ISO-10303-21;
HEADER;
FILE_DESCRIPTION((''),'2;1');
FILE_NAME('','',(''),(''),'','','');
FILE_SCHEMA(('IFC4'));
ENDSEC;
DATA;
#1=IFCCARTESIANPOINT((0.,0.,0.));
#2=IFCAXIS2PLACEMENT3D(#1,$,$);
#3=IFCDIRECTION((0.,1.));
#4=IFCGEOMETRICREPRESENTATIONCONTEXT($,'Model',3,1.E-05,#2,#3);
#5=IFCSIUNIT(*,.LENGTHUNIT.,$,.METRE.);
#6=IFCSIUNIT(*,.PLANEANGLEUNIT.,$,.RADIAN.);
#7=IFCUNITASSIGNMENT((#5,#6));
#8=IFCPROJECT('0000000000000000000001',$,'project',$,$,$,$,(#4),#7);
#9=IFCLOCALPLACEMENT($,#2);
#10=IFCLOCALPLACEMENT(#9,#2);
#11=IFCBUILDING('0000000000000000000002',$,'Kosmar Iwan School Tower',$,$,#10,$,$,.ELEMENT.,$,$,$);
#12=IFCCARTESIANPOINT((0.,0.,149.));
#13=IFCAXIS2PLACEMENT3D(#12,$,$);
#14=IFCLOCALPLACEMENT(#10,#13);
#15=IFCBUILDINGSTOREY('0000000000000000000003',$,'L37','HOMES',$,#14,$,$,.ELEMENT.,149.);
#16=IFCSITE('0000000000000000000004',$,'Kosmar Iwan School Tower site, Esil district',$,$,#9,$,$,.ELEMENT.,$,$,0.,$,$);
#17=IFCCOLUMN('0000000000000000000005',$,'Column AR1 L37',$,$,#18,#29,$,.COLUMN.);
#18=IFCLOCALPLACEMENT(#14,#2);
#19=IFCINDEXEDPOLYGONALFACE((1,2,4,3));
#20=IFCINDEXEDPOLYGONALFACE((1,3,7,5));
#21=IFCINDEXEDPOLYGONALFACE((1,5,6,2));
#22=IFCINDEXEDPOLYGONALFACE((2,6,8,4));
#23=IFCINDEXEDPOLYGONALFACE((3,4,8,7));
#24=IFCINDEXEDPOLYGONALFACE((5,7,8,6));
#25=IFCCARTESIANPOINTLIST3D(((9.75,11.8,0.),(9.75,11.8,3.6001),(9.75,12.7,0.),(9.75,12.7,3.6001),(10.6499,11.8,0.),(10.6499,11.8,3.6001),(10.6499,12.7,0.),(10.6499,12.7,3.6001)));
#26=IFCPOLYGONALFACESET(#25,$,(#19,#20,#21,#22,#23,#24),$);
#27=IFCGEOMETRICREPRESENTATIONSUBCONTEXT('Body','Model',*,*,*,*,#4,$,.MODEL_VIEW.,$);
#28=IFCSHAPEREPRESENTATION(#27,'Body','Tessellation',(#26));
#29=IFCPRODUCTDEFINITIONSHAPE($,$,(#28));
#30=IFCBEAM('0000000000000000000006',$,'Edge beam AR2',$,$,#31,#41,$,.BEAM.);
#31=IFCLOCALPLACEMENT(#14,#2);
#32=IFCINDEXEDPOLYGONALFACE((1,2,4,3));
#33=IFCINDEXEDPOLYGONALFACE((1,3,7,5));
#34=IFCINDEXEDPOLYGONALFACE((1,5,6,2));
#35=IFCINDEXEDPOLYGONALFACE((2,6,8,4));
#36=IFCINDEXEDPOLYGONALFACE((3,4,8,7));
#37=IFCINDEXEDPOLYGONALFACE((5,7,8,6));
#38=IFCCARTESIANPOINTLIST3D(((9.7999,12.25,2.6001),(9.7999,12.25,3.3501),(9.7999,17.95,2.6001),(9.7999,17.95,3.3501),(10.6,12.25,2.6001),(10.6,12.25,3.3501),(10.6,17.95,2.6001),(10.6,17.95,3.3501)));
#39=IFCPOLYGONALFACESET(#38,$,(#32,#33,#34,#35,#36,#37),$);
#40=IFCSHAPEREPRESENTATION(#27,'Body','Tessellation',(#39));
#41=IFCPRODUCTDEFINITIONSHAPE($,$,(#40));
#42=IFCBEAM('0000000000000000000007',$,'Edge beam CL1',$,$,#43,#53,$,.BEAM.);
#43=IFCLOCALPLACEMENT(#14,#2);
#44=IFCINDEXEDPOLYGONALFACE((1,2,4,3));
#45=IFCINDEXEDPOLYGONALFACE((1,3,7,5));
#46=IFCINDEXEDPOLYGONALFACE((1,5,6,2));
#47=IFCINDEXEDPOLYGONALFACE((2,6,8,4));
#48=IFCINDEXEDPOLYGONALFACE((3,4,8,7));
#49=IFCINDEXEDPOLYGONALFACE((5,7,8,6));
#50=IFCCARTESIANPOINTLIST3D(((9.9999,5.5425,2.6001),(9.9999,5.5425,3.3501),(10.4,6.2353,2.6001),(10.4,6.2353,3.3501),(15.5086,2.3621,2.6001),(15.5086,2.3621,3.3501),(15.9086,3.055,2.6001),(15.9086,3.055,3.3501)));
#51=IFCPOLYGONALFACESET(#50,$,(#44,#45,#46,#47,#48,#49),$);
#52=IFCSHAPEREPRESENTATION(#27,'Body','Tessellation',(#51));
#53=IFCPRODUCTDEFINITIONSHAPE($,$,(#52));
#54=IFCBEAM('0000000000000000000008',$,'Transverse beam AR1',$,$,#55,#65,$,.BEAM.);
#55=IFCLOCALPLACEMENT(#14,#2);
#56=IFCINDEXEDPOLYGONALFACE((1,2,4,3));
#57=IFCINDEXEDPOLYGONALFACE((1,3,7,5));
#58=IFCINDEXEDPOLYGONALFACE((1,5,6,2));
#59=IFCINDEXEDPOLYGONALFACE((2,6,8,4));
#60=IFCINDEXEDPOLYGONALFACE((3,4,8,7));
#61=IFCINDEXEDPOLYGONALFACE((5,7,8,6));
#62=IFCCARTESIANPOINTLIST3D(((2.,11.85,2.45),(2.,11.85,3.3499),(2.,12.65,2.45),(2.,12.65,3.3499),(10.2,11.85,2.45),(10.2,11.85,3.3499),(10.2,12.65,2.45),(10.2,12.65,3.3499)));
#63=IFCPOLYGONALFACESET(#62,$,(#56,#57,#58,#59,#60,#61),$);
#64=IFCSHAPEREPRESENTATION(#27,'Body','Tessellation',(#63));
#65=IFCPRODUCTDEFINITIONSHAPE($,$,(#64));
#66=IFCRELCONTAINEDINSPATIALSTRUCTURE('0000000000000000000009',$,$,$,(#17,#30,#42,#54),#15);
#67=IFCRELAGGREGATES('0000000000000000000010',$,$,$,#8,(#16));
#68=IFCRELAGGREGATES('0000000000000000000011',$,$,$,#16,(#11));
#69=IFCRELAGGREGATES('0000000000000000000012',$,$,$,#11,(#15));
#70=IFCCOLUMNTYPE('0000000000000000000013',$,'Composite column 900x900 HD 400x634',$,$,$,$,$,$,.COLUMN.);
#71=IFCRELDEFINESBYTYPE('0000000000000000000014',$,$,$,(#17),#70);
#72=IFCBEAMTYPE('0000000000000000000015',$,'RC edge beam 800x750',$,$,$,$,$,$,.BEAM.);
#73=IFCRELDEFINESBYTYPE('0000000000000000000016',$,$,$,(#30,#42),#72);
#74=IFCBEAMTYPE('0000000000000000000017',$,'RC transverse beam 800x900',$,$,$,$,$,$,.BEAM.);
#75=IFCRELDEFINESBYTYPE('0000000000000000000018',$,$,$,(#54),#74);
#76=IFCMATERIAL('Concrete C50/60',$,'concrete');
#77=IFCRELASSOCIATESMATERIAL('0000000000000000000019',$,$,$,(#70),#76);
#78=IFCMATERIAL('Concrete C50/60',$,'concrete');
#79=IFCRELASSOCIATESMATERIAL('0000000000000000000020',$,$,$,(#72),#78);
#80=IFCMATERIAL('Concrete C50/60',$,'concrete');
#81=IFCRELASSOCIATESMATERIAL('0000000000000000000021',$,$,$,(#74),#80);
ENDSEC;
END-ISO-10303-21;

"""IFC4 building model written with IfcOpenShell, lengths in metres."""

from ifc_helpers import new_model, si_unit, direction, frame, origin, origin_2d, place, context, subcontext, project, spatial, rectangle, extrude, material, material_profile, profile_set, type_object, element, save


model = new_model("IFC4")

# Units and contexts
model_context = context("Model", 3, precision=1e-05, world=origin(), true_north=direction((0.0, 1.0)))
body_context = subcontext(model_context, "Body", "Model", "MODEL_VIEW")
ifc_project = project(units=[si_unit("LENGTHUNIT", "METRE"), si_unit("PLANEANGLEUNIT", "RADIAN")], contexts=[model_context])

# Site, building, storey
site_placement = place(None, origin())
site = spatial("IfcSite", under=ifc_project, at=site_placement, Name="Kosmar Iwan School Tower site, Esil district", CompositionType="ELEMENT", RefElevation=0.0)
building_placement = place(site_placement, origin())
building = spatial("IfcBuilding", under=site, at=building_placement, Name="Kosmar Iwan School Tower", CompositionType="ELEMENT")
storey_placement = place(building_placement, frame((0.0, 0.0, 149.0)))
storey = spatial("IfcBuildingStorey", under=building, at=storey_placement, Name="L37", Description="HOMES", CompositionType="ELEMENT", Elevation=149.0)

# Column
ifc_material_1 = material(Name="Concrete C50/60", Category="concrete")
ifc_material_profile_1 = material_profile(ifc_material_1, rectangle(XDim=0.8999, YDim=0.8999, at=origin_2d()), Name="RC 900x900 + HD 400x634")
ifc_profile_set_1 = profile_set([ifc_material_profile_1], Name="Concrete C50/60")
column_type = type_object("IfcColumnType", Name="Composite column 900x900 HD 400x634", PredefinedType="COLUMN", material=ifc_profile_set_1)
column_placement = place(storey_placement, frame((10.2, 12.25, 0.0), z_axis=(0.0, 0.0, 1.0), x_axis=(0.0, 1.0, 0.0)))
element("IfcColumn", 1, at=column_placement, inside=storey, type_object=column_type, Name="Column AR1 L37", PredefinedType="COLUMN", context=body_context, shape_type="SweptSolid", body=[
    extrude(rectangle(XDim=0.8999, YDim=0.8999, at=origin_2d()), origin(), (0.0, 0.0, 1.0), 3.6001),
])

# Beams
ifc_material_2 = material(Name="Concrete C50/60", Category="concrete")
ifc_material_profile_2 = material_profile(ifc_material_2, rectangle(XDim=0.8, YDim=0.75, at=origin_2d()), Name="RC 800x750")
ifc_profile_set_2 = profile_set([ifc_material_profile_2], Name="Concrete C50/60")
beam_type_1 = type_object("IfcBeamType", Name="RC edge beam 800x750", PredefinedType="BEAM", material=ifc_profile_set_2)
beam_1_placement = place(storey_placement, frame((10.2, 12.25, 2.9751), z_axis=(0.0, 1.0, 0.0), x_axis=(-1.0, 0.0, 0.0)))
element("IfcBeam", 2, at=beam_1_placement, inside=storey, type_object=beam_type_1, Name="Edge beam AR2", PredefinedType="BEAM", context=body_context, shape_type="SweptSolid", body=[
    extrude(rectangle(XDim=0.8, YDim=0.75, at=origin_2d()), origin(), (0.0, 0.0, 1.0), 5.7),
])
beam_2_placement = place(storey_placement, frame((10.2, 5.8889, 2.9751), z_axis=(0.866031, -0.49999, 0.0), x_axis=(0.49999, 0.866031, 0.0)))
element("IfcBeam", 3, at=beam_2_placement, inside=storey, type_object=beam_type_1, Name="Edge beam CL1", PredefinedType="BEAM", context=body_context, shape_type="SweptSolid", body=[
    extrude(rectangle(XDim=0.8, YDim=0.75, at=origin_2d()), origin(), (0.0, 0.0, 1.0), 6.3608),
])
ifc_material_3 = material(Name="Concrete C50/60", Category="concrete")
ifc_material_profile_3 = material_profile(ifc_material_3, rectangle(XDim=0.8, YDim=0.8999, at=origin_2d()), Name="RC 800x900")
ifc_profile_set_3 = profile_set([ifc_material_profile_3], Name="Concrete C50/60")
beam_type_2 = type_object("IfcBeamType", Name="RC transverse beam 800x900", PredefinedType="BEAM", material=ifc_profile_set_3)
beam_3_placement = place(storey_placement, frame((10.2, 12.25, 2.8999), z_axis=(-1.0, 0.0, 0.0), x_axis=(0.0, -1.0, 0.0)))
element("IfcBeam", 4, at=beam_3_placement, inside=storey, type_object=beam_type_2, Name="Transverse beam AR1", PredefinedType="BEAM", context=body_context, shape_type="SweptSolid", body=[
    extrude(rectangle(XDim=0.8, YDim=0.8999, at=origin_2d()), origin(), (0.0, 0.0, 1.0), 8.2),
])

save(model, "model.ifc")
